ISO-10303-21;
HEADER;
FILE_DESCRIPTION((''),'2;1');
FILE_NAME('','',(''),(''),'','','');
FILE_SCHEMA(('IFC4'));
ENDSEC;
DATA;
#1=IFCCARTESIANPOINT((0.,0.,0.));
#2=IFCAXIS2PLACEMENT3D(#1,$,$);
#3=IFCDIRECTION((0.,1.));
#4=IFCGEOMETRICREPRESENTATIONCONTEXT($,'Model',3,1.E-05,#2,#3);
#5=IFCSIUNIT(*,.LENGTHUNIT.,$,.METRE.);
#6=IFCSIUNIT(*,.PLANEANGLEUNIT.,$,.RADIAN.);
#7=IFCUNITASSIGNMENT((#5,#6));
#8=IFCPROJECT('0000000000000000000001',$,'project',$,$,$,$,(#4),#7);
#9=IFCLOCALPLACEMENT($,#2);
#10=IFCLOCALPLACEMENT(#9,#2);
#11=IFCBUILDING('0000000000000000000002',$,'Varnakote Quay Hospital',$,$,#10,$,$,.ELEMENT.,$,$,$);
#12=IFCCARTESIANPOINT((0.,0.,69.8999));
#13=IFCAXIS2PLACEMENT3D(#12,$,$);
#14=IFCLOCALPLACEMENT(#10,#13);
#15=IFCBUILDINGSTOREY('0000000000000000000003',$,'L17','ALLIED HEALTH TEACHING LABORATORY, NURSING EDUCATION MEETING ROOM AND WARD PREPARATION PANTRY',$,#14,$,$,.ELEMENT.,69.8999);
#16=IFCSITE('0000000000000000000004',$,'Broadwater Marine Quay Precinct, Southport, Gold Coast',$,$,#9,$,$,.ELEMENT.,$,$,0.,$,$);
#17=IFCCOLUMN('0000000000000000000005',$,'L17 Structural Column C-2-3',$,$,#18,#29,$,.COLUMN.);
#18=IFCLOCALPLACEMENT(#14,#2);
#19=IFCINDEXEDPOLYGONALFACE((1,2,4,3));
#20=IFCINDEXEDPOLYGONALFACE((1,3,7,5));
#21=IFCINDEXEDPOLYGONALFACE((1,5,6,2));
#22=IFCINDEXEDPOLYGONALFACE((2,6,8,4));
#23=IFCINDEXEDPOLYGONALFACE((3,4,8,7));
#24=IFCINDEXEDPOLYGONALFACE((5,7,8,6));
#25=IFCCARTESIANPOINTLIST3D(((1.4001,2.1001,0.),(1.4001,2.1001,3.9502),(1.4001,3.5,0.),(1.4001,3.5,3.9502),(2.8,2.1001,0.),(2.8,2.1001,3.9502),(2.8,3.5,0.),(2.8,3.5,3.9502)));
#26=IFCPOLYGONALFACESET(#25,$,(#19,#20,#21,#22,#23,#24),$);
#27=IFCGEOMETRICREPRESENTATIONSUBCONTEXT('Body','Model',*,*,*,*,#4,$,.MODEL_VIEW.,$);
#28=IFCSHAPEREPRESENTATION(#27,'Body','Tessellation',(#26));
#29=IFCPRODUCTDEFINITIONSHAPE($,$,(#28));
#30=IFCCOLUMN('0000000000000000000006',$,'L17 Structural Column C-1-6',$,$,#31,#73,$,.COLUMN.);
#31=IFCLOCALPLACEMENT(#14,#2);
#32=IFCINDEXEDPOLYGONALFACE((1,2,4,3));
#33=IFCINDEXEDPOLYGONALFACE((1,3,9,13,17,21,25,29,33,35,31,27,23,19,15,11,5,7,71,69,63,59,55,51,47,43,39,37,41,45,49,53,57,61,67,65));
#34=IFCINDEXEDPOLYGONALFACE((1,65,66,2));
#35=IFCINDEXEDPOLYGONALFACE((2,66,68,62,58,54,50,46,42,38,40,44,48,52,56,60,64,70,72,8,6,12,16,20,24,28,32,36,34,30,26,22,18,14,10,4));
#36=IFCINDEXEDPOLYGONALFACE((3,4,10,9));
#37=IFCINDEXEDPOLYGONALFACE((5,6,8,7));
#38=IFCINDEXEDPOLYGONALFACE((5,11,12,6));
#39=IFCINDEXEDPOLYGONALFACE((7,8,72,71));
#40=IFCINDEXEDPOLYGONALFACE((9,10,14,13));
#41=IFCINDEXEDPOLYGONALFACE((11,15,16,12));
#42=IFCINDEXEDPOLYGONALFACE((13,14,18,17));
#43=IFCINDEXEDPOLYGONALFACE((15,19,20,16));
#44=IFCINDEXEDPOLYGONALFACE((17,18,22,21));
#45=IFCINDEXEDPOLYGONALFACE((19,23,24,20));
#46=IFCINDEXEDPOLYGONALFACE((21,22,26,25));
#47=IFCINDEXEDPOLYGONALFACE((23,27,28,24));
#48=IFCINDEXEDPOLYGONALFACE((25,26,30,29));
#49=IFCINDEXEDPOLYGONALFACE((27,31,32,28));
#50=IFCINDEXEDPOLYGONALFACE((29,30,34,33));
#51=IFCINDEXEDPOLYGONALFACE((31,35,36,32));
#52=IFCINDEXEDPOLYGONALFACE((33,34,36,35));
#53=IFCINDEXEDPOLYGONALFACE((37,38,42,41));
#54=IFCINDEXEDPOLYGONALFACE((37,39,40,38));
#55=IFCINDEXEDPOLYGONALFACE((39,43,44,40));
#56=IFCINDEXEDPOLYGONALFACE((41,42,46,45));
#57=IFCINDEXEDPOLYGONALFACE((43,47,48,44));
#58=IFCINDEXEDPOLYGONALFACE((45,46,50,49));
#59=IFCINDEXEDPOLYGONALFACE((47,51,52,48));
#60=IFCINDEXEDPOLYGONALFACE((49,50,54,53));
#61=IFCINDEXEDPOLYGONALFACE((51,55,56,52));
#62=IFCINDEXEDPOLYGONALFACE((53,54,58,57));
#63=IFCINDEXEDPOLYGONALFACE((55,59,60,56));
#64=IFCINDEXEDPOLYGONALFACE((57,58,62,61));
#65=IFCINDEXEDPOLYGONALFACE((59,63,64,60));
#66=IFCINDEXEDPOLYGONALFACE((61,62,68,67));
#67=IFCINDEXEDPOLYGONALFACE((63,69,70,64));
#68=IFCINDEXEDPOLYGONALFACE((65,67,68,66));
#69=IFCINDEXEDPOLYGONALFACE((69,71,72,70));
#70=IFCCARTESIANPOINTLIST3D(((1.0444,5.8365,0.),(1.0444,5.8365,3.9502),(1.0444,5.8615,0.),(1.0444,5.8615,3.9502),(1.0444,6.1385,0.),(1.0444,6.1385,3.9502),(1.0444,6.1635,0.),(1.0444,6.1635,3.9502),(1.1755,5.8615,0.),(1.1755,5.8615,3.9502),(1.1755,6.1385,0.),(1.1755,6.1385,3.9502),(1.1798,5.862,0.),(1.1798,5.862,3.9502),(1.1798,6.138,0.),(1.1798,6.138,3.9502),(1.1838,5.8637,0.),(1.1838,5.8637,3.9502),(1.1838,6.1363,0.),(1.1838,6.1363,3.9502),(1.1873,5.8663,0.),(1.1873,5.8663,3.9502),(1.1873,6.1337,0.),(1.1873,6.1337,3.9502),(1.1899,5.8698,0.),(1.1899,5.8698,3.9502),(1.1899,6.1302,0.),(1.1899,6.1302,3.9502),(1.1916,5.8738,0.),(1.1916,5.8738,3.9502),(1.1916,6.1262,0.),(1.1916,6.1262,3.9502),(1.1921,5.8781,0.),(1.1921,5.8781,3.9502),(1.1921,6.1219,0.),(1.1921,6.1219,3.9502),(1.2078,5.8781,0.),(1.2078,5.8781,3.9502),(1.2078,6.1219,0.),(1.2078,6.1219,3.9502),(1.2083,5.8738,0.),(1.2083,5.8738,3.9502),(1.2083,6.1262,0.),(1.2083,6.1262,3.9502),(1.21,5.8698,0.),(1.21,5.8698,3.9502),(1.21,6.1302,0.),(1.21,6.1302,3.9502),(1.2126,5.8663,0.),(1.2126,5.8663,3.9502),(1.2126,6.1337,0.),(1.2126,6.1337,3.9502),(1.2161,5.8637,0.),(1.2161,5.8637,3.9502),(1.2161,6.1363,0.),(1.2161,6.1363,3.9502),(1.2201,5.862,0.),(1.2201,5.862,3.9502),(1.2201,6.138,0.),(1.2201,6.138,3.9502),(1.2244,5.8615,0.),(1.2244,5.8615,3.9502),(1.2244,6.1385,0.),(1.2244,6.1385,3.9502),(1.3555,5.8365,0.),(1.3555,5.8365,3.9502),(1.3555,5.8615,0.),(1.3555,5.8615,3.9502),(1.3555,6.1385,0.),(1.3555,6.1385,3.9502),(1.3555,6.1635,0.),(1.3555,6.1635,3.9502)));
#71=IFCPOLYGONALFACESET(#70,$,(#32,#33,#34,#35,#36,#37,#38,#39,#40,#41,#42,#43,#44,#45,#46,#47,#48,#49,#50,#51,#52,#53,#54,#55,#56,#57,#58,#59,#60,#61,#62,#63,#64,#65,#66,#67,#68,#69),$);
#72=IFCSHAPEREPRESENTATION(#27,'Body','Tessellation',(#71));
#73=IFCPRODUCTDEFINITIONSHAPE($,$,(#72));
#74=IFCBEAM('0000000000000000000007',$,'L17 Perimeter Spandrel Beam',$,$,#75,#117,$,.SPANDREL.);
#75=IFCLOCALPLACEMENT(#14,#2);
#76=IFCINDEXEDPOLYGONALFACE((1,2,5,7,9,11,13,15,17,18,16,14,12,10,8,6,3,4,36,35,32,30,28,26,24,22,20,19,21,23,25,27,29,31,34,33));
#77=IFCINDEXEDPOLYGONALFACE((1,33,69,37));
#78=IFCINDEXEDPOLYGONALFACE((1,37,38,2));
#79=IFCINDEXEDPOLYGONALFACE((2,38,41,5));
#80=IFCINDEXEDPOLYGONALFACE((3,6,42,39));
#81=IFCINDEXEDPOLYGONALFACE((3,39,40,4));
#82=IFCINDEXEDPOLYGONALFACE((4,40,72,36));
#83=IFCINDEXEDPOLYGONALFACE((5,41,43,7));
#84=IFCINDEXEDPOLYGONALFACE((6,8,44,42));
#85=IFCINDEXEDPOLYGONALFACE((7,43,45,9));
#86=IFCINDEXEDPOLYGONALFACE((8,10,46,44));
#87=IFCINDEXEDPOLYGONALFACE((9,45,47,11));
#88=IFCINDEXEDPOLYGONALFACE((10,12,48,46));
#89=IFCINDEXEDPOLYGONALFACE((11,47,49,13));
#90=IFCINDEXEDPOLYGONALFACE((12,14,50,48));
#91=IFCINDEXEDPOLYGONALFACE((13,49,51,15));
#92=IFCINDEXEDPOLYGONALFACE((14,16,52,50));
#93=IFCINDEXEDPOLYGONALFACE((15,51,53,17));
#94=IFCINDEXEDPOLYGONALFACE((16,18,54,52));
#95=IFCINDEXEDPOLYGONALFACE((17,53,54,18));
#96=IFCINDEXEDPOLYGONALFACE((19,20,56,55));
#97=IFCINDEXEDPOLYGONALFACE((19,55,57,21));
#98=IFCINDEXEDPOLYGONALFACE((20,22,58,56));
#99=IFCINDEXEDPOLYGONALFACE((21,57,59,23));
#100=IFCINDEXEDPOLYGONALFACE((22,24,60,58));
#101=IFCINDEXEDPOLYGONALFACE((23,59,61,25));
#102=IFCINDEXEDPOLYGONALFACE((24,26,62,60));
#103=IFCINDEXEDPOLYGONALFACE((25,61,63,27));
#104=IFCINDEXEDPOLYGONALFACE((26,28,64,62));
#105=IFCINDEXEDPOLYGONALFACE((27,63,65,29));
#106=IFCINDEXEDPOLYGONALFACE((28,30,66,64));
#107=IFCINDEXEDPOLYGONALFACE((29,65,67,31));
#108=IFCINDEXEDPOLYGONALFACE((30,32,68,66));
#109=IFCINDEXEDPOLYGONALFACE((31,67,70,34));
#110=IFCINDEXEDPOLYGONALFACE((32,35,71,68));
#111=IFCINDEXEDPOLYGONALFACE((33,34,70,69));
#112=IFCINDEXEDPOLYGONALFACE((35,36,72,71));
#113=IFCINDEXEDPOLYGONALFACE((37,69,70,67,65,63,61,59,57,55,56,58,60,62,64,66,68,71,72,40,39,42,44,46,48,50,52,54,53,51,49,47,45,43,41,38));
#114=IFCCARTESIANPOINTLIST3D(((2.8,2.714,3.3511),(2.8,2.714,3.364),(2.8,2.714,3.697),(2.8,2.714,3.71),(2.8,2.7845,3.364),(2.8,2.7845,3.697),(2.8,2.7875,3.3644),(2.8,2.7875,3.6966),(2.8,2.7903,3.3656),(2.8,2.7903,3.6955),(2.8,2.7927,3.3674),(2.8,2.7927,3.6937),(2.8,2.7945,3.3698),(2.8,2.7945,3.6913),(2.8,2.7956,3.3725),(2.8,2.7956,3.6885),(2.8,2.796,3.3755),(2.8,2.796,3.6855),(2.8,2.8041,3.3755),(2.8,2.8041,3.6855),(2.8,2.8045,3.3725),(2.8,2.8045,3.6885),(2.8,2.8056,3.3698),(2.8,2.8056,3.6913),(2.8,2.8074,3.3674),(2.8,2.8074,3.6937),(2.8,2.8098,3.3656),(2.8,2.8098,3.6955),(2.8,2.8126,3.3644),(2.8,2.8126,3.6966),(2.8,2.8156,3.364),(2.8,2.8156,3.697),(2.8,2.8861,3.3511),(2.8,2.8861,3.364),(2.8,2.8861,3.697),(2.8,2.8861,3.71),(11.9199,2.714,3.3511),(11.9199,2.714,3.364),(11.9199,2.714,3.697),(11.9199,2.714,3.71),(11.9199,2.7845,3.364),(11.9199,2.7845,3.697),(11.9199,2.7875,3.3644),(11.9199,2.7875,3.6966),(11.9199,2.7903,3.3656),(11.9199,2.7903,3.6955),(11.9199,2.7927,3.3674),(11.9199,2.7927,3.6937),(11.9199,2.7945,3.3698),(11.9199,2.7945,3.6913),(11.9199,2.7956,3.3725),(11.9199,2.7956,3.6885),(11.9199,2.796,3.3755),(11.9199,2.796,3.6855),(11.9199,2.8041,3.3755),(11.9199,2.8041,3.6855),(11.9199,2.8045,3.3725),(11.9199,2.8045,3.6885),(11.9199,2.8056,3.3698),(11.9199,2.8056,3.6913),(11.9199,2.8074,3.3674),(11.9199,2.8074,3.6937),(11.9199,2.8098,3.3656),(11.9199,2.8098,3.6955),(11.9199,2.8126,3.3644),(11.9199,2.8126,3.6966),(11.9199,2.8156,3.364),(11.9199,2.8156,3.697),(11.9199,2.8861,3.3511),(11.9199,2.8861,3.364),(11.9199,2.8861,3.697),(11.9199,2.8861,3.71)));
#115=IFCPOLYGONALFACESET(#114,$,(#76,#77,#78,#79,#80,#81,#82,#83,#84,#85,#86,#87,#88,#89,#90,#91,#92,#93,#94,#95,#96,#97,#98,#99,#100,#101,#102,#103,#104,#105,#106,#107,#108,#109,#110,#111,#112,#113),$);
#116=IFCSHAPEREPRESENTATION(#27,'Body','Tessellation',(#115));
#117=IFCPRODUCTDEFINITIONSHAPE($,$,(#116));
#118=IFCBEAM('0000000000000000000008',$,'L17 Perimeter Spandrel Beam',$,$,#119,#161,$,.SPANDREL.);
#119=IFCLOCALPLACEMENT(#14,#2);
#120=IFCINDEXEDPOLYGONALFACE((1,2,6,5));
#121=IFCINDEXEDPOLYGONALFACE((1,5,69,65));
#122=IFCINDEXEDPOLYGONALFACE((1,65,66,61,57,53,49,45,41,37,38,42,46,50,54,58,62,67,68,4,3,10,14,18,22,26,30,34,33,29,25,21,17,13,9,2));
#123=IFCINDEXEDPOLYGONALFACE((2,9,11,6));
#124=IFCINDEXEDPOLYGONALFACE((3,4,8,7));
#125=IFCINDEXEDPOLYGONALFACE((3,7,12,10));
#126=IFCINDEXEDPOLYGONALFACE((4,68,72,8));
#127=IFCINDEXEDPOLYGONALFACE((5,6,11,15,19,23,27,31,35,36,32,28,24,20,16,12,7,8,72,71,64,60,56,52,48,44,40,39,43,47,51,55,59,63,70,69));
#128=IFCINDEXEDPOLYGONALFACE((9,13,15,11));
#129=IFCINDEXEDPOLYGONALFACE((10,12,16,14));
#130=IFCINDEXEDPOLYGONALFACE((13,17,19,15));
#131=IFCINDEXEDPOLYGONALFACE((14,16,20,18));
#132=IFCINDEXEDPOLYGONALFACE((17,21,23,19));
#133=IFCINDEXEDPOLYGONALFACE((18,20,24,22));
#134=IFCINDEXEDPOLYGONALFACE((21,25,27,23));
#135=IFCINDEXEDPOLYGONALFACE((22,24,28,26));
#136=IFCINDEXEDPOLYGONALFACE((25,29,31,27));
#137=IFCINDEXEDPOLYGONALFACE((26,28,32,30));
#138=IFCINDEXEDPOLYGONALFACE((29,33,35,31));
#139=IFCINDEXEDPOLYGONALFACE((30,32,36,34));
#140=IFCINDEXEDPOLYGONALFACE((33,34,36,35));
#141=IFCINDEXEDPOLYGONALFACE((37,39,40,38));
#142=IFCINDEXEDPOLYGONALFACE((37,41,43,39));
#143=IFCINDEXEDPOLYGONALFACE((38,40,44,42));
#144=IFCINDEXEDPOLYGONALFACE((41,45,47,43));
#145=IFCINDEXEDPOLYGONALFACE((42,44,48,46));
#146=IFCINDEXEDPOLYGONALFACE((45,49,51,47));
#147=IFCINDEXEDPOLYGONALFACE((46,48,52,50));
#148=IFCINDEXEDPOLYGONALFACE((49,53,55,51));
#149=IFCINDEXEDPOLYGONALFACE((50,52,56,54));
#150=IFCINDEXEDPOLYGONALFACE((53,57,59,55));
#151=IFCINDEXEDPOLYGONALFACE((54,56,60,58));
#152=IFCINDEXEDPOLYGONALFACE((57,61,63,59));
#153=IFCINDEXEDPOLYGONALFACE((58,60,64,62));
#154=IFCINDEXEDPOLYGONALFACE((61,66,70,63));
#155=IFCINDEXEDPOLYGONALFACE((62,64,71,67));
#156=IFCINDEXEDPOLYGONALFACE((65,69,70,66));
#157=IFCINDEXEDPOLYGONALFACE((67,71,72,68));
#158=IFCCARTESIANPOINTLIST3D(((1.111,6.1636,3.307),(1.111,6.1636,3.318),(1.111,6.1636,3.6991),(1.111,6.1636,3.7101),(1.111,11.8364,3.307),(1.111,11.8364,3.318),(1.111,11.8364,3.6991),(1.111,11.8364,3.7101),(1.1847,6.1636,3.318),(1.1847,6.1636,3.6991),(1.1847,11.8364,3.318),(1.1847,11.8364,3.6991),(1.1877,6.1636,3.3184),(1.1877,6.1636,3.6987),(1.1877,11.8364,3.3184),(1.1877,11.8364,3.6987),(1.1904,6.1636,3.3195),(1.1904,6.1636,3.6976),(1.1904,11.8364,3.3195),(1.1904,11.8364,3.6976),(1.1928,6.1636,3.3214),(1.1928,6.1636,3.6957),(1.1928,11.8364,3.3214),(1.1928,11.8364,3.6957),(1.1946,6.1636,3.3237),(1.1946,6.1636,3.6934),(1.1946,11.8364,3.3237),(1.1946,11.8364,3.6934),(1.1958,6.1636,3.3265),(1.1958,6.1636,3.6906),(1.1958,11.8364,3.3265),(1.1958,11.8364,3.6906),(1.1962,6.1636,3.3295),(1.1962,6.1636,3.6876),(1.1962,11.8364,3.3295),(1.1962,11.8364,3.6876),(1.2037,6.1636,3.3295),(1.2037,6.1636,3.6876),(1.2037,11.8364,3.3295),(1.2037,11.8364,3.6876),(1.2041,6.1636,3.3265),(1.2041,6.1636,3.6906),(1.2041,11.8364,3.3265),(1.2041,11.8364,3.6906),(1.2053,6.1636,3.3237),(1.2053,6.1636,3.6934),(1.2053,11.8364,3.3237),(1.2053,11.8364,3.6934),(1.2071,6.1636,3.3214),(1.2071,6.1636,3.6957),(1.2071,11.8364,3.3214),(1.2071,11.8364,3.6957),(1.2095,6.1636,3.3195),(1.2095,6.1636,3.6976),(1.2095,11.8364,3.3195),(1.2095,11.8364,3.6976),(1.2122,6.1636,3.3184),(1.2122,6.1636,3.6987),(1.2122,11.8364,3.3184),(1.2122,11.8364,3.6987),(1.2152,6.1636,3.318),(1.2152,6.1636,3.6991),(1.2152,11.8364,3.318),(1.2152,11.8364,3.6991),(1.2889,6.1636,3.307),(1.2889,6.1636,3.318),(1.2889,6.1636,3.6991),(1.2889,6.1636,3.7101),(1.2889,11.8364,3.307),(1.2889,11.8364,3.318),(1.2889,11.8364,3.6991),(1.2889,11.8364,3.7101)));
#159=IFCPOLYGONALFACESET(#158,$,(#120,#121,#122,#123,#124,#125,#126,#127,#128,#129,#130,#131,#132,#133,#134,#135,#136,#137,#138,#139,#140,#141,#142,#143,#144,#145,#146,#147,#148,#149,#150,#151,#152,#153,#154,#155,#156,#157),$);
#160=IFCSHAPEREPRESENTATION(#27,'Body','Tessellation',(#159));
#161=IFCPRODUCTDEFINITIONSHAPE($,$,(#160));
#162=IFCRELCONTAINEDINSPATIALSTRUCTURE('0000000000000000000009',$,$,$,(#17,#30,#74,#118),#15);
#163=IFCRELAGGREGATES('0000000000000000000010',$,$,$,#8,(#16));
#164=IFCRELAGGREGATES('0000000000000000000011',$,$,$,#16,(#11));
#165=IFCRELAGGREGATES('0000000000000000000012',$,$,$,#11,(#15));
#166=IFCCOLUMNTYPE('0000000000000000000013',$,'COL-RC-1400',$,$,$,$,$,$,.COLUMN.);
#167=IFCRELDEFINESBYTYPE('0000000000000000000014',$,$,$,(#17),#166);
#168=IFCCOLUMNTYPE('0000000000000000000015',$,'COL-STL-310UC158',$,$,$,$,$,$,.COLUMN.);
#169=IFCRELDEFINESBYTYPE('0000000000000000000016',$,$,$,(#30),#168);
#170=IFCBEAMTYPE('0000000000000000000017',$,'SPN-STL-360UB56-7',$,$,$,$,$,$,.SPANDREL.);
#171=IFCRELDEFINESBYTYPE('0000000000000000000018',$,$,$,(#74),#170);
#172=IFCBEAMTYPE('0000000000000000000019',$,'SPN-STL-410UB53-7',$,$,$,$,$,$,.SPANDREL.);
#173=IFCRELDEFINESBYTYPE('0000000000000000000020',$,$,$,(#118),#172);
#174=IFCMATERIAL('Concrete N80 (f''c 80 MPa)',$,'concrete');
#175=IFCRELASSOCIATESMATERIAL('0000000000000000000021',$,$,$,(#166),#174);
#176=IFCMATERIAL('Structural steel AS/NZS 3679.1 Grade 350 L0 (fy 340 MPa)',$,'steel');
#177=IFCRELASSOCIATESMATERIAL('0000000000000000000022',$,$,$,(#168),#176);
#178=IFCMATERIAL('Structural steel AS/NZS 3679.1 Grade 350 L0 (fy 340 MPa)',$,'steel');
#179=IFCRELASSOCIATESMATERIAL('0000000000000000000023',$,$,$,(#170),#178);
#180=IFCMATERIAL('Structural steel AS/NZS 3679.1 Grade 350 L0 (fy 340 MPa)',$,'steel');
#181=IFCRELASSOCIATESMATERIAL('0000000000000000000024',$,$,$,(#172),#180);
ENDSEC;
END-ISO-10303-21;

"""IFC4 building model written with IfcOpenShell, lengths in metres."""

from ifc_helpers import new_model, si_unit, direction, frame, origin, origin_2d, place, context, subcontext, project, spatial, rectangle, i_section, extrude, material, material_profile, profile_set, type_object, element, save


model = new_model("IFC4")

# Units and contexts
model_context = context("Model", 3, precision=1e-05, world=origin(), true_north=direction((0.0, 1.0)))
body_context = subcontext(model_context, "Body", "Model", "MODEL_VIEW")
ifc_project = project(units=[si_unit("LENGTHUNIT", "METRE"), si_unit("PLANEANGLEUNIT", "RADIAN")], contexts=[model_context])

# Site, building, storey
site_placement = place(None, origin())
site = spatial("IfcSite", under=ifc_project, at=site_placement, Name="Broadwater Marine Quay Precinct, Southport, Gold Coast", CompositionType="ELEMENT", RefElevation=0.0)
building_placement = place(site_placement, origin())
building = spatial("IfcBuilding", under=site, at=building_placement, Name="Varnakote Quay Hospital", CompositionType="ELEMENT")
storey_placement = place(building_placement, frame((0.0, 0.0, 69.8999)))
storey = spatial("IfcBuildingStorey", under=building, at=storey_placement, Name="L17", Description="ALLIED HEALTH TEACHING LABORATORY, NURSING EDUCATION MEETING ROOM AND WARD PREPARATION PANTRY", CompositionType="ELEMENT", Elevation=69.8999)

# Columns
ifc_material_1 = material(Name="Concrete N80 (f'c 80 MPa)", Category="concrete")
ifc_material_profile_1 = material_profile(ifc_material_1, rectangle(XDim=1.3999, YDim=1.3999, at=origin_2d()), Name="RC-COL-1400x1400")
ifc_profile_set_1 = profile_set([ifc_material_profile_1], Name="Concrete N80 (f'c 80 MPa)")
column_type_1 = type_object("IfcColumnType", Name="COL-RC-1400", PredefinedType="COLUMN", material=ifc_profile_set_1)
column_1_placement = place(storey_placement, frame((2.1001, 2.8, 0.0), z_axis=(0.0, 0.0, 1.0), x_axis=(1.0, 0.0, 0.0)))
element("IfcColumn", 1, at=column_1_placement, inside=storey, type_object=column_type_1, Name="L17 Structural Column C-2-3", PredefinedType="COLUMN", context=body_context, shape_type="SweptSolid", body=[
    extrude(rectangle(XDim=1.3999, YDim=1.3999, at=origin_2d()), origin(), (0.0, 0.0, 1.0), 3.9502),
])
ifc_material_2 = material(Name="Structural steel AS/NZS 3679.1 Grade 350 L0 (fy 340 MPa)", Category="steel")
ifc_material_profile_2 = material_profile(ifc_material_2, i_section(OverallWidth=0.311, OverallDepth=0.3269, WebThickness=0.0156, FlangeThickness=0.0249, FilletRadius=0.0166, at=origin_2d()), Name="310UC158")
ifc_profile_set_2 = profile_set([ifc_material_profile_2], Name="Structural steel AS/NZS 3679.1 Grade 350 L0 (fy 340 MPa)")
column_type_2 = type_object("IfcColumnType", Name="COL-STL-310UC158", PredefinedType="COLUMN", material=ifc_profile_set_2)
column_2_placement = place(storey_placement, frame((1.2, 6.0, 0.0), z_axis=(0.0, 0.0, 1.0), x_axis=(1.0, 0.0, 0.0)))
element("IfcColumn", 2, at=column_2_placement, inside=storey, type_object=column_type_2, Name="L17 Structural Column C-1-6", PredefinedType="COLUMN", context=body_context, shape_type="SweptSolid", body=[
    extrude(i_section(OverallWidth=0.311, OverallDepth=0.3269, WebThickness=0.0156, FlangeThickness=0.0249, FilletRadius=0.0166, at=origin_2d()), origin(), (0.0, 0.0, 1.0), 3.9502),
])

# Beams
ifc_material_3 = material(Name="Structural steel AS/NZS 3679.1 Grade 350 L0 (fy 340 MPa)", Category="steel")
ifc_material_profile_3 = material_profile(ifc_material_3, i_section(OverallWidth=0.1721, OverallDepth=0.3589, WebThickness=0.0081, FlangeThickness=0.0129, FilletRadius=0.0115, at=origin_2d()), Name="360UB56.7")
ifc_profile_set_3 = profile_set([ifc_material_profile_3], Name="Structural steel AS/NZS 3679.1 Grade 350 L0 (fy 340 MPa)")
beam_type_1 = type_object("IfcBeamType", Name="SPN-STL-360UB56-7", PredefinedType="SPANDREL", material=ifc_profile_set_3)
beam_1_placement = place(storey_placement, frame((2.8, 2.8, 3.5305), z_axis=(1.0, 0.0, 0.0), x_axis=(0.0, 1.0, 0.0)))
element("IfcBeam", 3, at=beam_1_placement, inside=storey, type_object=beam_type_1, Name="L17 Perimeter Spandrel Beam", PredefinedType="SPANDREL", context=body_context, shape_type="SweptSolid", body=[
    extrude(i_section(OverallWidth=0.1721, OverallDepth=0.3589, WebThickness=0.0081, FlangeThickness=0.0129, FilletRadius=0.0115, at=origin_2d()), origin(), (0.0, 0.0, 1.0), 9.1199),
])
ifc_material_4 = material(Name="Structural steel AS/NZS 3679.1 Grade 350 L0 (fy 340 MPa)", Category="steel")
ifc_material_profile_4 = material_profile(ifc_material_4, i_section(OverallWidth=0.178, OverallDepth=0.4031, WebThickness=0.0076, FlangeThickness=0.011, FilletRadius=0.0115, at=origin_2d()), Name="410UB53.7")
ifc_profile_set_4 = profile_set([ifc_material_profile_4], Name="Structural steel AS/NZS 3679.1 Grade 350 L0 (fy 340 MPa)")
beam_type_2 = type_object("IfcBeamType", Name="SPN-STL-410UB53-7", PredefinedType="SPANDREL", material=ifc_profile_set_4)
beam_2_placement = place(storey_placement, frame((1.2, 6.1636, 3.5085), z_axis=(0.0, 1.0, 0.0), x_axis=(-1.0, 0.0, 0.0)))
element("IfcBeam", 4, at=beam_2_placement, inside=storey, type_object=beam_type_2, Name="L17 Perimeter Spandrel Beam", PredefinedType="SPANDREL", context=body_context, shape_type="SweptSolid", body=[
    extrude(i_section(OverallWidth=0.178, OverallDepth=0.4031, WebThickness=0.0076, FlangeThickness=0.011, FilletRadius=0.0115, at=origin_2d()), origin(), (0.0, 0.0, 1.0), 5.6729),
])

save(model, "model.ifc")
